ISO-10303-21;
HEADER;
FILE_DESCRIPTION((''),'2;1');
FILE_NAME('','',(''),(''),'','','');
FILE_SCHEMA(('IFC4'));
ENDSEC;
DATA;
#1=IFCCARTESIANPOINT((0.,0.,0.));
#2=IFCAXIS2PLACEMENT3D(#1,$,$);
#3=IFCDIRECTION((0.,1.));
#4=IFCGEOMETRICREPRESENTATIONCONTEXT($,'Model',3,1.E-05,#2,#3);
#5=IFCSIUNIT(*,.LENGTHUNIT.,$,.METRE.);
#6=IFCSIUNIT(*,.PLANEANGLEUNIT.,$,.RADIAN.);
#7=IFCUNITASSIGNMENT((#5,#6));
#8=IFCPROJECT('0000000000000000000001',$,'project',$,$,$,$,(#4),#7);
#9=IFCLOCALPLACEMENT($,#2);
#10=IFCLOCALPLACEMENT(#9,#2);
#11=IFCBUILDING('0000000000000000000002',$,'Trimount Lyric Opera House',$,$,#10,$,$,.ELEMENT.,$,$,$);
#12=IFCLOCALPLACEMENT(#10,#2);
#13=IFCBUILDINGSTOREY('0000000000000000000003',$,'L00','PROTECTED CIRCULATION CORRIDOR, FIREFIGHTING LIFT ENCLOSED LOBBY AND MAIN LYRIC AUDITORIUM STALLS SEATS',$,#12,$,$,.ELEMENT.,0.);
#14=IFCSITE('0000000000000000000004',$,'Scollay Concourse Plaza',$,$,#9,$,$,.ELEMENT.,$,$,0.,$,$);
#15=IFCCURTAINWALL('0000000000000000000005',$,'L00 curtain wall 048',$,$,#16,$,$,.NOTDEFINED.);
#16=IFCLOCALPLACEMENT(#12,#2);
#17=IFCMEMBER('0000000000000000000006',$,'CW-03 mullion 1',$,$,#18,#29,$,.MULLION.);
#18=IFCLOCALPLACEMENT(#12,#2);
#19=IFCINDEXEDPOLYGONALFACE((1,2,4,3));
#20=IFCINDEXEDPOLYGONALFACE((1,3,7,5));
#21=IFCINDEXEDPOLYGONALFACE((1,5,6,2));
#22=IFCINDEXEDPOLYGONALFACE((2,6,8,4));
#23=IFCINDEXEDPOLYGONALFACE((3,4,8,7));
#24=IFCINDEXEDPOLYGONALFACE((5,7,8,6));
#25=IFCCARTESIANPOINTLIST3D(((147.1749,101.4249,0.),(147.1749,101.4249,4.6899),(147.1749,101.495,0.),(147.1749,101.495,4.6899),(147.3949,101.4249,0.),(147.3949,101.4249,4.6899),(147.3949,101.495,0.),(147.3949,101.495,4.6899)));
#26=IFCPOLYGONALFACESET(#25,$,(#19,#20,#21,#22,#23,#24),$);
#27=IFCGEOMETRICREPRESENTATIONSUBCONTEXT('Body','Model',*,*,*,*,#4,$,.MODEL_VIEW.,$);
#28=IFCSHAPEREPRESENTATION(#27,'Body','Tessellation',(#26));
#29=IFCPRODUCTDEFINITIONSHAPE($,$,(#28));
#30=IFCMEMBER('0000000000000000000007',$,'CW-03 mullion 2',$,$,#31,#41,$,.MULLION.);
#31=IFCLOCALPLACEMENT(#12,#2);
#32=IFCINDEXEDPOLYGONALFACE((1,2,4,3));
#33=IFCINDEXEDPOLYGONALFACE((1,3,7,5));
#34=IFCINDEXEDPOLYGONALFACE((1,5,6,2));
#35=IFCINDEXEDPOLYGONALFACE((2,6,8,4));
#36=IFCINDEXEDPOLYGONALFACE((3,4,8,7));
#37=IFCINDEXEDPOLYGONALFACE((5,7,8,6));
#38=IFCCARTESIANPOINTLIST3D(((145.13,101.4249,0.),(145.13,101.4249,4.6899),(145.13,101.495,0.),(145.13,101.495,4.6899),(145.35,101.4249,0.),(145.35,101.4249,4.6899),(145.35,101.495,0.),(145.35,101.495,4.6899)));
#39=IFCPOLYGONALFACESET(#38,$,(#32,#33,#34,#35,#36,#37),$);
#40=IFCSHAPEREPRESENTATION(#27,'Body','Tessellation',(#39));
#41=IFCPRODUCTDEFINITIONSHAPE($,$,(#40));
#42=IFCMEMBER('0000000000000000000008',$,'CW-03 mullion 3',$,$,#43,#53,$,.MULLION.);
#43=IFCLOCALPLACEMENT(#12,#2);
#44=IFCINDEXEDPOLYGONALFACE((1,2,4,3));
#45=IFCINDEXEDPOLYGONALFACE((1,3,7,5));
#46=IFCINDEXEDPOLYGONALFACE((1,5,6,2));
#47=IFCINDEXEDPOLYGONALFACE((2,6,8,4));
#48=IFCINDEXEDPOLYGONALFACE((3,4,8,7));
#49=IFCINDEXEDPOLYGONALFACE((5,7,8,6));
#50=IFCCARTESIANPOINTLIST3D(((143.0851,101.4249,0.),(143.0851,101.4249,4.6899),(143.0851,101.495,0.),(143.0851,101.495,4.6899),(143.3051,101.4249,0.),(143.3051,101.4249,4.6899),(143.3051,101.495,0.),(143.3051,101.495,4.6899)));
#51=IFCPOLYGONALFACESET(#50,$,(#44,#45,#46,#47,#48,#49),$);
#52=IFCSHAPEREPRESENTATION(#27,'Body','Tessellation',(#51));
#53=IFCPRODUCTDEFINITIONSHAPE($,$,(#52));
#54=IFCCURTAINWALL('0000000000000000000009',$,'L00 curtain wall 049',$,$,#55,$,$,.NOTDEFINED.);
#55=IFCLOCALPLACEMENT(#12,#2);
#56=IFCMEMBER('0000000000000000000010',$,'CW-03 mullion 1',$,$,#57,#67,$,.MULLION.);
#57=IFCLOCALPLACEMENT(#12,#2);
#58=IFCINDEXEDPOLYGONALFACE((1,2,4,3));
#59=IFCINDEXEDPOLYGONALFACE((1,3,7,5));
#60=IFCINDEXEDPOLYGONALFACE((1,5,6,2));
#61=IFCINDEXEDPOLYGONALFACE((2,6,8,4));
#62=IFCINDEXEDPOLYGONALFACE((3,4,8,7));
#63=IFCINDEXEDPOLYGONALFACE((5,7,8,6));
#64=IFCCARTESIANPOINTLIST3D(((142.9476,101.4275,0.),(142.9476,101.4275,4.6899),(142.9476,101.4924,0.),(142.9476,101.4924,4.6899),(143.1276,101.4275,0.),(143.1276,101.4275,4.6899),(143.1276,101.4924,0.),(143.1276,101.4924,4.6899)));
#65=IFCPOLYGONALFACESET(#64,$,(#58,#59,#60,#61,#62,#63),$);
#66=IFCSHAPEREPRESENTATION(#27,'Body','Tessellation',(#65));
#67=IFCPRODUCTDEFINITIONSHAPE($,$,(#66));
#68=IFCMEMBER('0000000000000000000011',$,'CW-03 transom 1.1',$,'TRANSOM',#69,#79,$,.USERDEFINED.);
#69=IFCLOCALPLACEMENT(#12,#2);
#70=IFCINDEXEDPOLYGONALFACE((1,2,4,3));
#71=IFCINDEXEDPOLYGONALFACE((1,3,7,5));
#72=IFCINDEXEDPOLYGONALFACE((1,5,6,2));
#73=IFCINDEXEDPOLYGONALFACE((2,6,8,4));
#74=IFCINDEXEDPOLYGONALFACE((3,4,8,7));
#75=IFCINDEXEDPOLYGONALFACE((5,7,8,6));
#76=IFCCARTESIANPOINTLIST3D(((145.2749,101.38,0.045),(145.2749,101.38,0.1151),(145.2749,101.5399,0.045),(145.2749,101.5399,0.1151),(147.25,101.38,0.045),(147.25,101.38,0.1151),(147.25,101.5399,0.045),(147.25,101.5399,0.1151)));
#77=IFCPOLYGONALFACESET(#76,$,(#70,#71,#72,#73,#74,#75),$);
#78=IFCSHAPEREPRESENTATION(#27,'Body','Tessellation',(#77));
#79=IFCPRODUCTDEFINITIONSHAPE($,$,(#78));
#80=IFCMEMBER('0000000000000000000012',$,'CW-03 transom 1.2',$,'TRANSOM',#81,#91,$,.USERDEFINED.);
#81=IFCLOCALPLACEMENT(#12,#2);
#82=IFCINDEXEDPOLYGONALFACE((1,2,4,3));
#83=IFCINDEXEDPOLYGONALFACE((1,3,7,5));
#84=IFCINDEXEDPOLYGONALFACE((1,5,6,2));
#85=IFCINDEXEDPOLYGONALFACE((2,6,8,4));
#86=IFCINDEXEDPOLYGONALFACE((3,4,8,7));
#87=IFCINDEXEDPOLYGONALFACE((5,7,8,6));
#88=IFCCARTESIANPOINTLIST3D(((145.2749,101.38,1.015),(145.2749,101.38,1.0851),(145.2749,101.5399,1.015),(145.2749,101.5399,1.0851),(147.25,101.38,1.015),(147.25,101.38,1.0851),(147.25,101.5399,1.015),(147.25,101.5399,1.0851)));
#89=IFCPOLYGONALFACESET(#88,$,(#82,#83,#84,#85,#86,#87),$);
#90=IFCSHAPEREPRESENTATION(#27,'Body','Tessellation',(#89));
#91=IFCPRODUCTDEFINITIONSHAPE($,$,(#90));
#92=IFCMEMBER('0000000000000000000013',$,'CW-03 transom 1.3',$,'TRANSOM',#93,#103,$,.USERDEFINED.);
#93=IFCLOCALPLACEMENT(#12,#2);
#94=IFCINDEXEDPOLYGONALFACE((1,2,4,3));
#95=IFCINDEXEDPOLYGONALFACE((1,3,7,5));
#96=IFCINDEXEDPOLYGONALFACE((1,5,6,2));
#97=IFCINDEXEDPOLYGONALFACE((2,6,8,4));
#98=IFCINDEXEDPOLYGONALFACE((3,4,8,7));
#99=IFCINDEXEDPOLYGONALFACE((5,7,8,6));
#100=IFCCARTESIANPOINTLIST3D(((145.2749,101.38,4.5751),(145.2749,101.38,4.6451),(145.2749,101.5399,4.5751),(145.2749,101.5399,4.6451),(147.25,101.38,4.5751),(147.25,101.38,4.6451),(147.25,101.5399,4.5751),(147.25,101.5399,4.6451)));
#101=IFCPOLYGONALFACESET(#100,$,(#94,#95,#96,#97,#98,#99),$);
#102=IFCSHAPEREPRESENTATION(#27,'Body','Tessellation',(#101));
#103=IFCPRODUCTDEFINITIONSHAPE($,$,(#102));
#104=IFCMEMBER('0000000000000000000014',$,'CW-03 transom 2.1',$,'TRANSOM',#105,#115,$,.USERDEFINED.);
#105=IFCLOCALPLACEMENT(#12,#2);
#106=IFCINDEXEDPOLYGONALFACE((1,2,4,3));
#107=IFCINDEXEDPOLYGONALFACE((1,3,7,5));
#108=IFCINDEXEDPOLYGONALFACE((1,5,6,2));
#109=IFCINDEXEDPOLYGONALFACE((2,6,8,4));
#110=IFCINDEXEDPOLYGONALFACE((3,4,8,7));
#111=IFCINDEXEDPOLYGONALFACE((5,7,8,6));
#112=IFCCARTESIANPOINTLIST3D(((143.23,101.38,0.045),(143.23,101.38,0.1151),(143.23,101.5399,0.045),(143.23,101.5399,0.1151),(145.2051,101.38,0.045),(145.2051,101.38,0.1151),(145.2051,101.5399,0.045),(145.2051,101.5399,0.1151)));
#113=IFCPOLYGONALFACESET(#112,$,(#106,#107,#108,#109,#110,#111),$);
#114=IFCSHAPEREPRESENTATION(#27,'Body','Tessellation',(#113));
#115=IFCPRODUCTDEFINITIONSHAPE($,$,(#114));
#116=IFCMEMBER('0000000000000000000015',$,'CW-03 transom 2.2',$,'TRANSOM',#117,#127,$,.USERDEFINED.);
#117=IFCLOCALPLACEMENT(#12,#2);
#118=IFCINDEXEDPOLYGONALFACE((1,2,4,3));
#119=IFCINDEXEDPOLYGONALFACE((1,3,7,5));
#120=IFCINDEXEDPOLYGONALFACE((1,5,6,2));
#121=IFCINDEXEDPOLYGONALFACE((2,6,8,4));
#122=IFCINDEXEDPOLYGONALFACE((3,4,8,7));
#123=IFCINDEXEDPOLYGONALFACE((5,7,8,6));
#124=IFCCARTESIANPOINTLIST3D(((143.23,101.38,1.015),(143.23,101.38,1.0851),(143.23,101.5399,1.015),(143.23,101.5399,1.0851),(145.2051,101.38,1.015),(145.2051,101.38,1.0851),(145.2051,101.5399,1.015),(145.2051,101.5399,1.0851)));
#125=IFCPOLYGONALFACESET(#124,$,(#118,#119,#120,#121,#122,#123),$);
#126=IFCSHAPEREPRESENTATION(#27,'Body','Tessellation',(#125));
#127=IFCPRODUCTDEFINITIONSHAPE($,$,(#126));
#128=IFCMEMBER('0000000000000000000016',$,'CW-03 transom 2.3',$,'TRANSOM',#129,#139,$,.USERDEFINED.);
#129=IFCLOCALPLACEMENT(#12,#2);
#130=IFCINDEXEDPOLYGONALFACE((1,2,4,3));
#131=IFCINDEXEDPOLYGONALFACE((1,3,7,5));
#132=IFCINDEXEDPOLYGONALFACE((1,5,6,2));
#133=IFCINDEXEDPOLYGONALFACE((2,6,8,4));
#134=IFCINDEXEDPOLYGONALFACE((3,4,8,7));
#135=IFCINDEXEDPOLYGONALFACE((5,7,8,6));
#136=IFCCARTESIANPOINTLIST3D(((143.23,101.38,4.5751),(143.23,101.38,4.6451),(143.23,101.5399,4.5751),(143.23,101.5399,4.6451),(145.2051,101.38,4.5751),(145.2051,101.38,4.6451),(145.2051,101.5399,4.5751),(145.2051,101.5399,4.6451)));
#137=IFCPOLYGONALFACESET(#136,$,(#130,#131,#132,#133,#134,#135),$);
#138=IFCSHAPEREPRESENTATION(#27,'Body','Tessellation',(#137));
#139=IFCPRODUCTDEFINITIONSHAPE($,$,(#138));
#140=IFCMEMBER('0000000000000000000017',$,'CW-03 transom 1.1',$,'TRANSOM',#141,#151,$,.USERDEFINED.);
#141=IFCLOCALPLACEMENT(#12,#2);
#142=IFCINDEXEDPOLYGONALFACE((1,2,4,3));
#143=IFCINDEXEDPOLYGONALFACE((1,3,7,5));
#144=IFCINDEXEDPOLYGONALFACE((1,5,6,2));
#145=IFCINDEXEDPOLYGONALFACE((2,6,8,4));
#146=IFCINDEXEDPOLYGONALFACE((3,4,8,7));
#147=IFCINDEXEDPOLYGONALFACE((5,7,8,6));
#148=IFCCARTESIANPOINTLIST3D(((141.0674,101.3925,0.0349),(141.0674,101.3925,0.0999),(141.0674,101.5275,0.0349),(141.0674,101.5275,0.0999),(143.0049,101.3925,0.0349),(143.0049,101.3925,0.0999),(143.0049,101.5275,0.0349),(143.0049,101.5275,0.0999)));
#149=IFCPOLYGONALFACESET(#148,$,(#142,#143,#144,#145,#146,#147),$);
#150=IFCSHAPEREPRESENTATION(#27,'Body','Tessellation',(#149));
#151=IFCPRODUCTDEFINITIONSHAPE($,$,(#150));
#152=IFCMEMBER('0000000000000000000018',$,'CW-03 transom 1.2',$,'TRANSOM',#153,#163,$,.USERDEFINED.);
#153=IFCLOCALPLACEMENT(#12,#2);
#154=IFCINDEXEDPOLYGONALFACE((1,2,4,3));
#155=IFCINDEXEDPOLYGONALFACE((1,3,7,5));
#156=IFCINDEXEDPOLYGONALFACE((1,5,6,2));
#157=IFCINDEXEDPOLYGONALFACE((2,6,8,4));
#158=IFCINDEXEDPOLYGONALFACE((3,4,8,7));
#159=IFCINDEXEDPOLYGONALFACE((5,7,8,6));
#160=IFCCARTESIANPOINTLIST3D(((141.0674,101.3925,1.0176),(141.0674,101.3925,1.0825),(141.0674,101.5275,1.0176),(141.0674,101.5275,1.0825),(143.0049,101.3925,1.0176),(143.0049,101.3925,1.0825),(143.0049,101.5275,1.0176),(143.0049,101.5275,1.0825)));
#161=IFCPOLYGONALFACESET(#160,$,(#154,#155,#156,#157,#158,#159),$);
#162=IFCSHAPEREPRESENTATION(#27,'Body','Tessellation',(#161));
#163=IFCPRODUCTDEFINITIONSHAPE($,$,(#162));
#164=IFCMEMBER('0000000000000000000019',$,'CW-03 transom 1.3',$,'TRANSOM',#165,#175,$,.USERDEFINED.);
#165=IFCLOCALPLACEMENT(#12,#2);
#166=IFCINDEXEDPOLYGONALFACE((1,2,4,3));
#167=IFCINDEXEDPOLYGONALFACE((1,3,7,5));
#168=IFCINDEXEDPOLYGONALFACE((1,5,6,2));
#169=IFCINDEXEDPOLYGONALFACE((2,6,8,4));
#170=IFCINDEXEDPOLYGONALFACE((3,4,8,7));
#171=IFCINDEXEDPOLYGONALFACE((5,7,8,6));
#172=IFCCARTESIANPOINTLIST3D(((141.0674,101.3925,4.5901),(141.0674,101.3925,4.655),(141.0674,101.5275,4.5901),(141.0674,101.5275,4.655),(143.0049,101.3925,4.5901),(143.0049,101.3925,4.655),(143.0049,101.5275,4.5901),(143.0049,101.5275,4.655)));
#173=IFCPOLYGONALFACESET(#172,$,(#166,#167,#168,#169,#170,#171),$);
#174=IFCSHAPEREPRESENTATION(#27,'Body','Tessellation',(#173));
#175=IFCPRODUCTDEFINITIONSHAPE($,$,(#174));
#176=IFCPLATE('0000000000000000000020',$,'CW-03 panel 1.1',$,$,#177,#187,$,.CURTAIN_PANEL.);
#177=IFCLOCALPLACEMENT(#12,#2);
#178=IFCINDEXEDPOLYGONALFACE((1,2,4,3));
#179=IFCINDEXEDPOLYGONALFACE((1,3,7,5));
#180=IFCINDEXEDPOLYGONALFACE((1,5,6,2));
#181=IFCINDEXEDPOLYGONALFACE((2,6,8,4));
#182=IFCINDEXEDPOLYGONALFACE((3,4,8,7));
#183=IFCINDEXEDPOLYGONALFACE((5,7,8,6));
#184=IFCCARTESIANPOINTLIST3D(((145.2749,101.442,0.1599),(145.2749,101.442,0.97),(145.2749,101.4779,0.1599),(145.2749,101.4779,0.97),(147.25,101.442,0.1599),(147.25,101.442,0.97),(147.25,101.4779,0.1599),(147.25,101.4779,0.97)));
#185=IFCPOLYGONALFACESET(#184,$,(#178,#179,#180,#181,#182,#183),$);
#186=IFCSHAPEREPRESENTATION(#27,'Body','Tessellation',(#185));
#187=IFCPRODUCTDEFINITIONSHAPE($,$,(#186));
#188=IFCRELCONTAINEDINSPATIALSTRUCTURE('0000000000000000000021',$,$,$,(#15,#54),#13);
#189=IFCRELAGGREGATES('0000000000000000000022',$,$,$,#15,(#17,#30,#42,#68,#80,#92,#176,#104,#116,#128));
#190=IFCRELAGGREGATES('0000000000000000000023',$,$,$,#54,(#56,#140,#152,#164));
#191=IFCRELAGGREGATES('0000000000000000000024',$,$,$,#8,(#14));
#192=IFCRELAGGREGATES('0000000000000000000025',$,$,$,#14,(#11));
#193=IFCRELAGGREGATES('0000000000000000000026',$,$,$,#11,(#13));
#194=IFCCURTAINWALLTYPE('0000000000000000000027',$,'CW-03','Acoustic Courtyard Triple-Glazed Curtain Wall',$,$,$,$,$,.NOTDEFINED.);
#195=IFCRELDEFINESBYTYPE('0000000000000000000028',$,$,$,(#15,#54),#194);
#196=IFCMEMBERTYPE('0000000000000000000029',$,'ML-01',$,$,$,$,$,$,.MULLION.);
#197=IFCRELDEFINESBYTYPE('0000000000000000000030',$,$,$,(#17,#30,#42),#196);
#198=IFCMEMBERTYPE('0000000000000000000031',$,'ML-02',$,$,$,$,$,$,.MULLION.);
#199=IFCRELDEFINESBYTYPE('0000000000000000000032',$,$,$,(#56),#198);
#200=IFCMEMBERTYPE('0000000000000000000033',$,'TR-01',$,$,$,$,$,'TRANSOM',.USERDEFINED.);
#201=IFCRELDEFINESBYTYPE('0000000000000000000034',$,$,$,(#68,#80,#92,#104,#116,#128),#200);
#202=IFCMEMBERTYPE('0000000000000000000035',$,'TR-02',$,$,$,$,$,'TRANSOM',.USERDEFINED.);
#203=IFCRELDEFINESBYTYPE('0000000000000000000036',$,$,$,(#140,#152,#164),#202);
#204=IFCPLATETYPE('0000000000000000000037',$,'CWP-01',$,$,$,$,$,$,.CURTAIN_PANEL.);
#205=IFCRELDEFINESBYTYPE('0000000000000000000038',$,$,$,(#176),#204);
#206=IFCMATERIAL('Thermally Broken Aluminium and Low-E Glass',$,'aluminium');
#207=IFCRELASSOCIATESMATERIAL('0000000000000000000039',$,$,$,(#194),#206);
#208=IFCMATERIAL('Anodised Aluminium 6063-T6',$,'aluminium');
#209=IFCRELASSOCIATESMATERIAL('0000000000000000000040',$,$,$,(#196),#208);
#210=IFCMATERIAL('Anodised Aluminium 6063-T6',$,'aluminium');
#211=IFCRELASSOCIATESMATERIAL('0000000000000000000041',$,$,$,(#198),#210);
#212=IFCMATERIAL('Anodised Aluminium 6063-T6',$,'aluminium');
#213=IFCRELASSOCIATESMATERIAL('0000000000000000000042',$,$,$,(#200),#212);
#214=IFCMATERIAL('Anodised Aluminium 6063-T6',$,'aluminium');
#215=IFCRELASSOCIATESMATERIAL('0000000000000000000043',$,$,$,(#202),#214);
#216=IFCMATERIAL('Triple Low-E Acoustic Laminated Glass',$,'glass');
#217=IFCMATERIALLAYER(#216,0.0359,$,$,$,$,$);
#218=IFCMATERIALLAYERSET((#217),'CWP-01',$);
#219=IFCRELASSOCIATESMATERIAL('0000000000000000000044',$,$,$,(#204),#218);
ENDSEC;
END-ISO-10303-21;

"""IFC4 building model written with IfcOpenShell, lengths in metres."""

from ifc_helpers import new_model, si_unit, direction, frame, origin, origin_2d, place, context, subcontext, project, spatial, rectangle, extrude, material, layer, layer_set, material_profile, profile_set, type_object, element, aggregate, save


model = new_model("IFC4")

# Units and contexts
model_context = context("Model", 3, precision=1e-05, world=origin(), true_north=direction((0.0, 1.0)))
body_context = subcontext(model_context, "Body", "Model", "MODEL_VIEW")
ifc_project = project(units=[si_unit("LENGTHUNIT", "METRE"), si_unit("PLANEANGLEUNIT", "RADIAN")], contexts=[model_context])

# Site, building, storey
site_placement = place(None, origin())
site = spatial("IfcSite", under=ifc_project, at=site_placement, Name="Scollay Concourse Plaza", CompositionType="ELEMENT", RefElevation=0.0)
building_placement = place(site_placement, origin())
building = spatial("IfcBuilding", under=site, at=building_placement, Name="Trimount Lyric Opera House", CompositionType="ELEMENT")
storey_placement = place(building_placement, origin())
storey = spatial("IfcBuildingStorey", under=building, at=storey_placement, Name="L00", Description="PROTECTED CIRCULATION CORRIDOR, FIREFIGHTING LIFT ENCLOSED LOBBY AND MAIN LYRIC AUDITORIUM STALLS SEATS", CompositionType="ELEMENT", Elevation=0.0)

# Curtain wall, members
ifc_material_1 = material(Name="Thermally Broken Aluminium and Low-E Glass", Category="aluminium")
curtain_wall_type = type_object("IfcCurtainWallType", Name="CW-03", Description="Acoustic Courtyard Triple-Glazed Curtain Wall", PredefinedType="NOTDEFINED", material=ifc_material_1)
curtain_wall_1_placement = place(storey_placement, origin())
curtain_wall_1 = element("IfcCurtainWall", 1, at=curtain_wall_1_placement, inside=storey, type_object=curtain_wall_type, Name="L00 curtain wall 048", PredefinedType="NOTDEFINED")
ifc_material_2 = material(Name="Anodised Aluminium 6063-T6", Category="aluminium")
ifc_material_profile_1 = material_profile(ifc_material_2, rectangle(XDim=0.0701, YDim=0.22, at=origin_2d()), Name="ALU-MULL-70X220")
ifc_profile_set_1 = profile_set([ifc_material_profile_1], Name="Anodised Aluminium 6063-T6")
member_type_1 = type_object("IfcMemberType", Name="ML-01", PredefinedType="MULLION", material=ifc_profile_set_1)
member_1_placement = place(storey_placement, frame((147.2849, 101.46, 0.0), z_axis=(0.0, 0.0, 1.0), x_axis=(0.0, -1.0, 0.0)))
member_1 = element("IfcMember", 2, at=member_1_placement, type_object=member_type_1, Name="CW-03 mullion 1", PredefinedType="MULLION", context=body_context, shape_type="SweptSolid", body=[
    extrude(rectangle(XDim=0.0701, YDim=0.22, at=origin_2d()), origin(), (0.0, 0.0, 1.0), 4.6899),
])
member_2_placement = place(storey_placement, frame((145.24, 101.46, 0.0), z_axis=(0.0, 0.0, 1.0), x_axis=(0.0, -1.0, 0.0)))
member_2 = element("IfcMember", 3, at=member_2_placement, type_object=member_type_1, Name="CW-03 mullion 2", PredefinedType="MULLION", context=body_context, shape_type="SweptSolid", body=[
    extrude(rectangle(XDim=0.0701, YDim=0.22, at=origin_2d()), origin(), (0.0, 0.0, 1.0), 4.6899),
])
member_3_placement = place(storey_placement, frame((143.1951, 101.46, 0.0), z_axis=(0.0, 0.0, 1.0), x_axis=(0.0, -1.0, 0.0)))
member_3 = element("IfcMember", 4, at=member_3_placement, type_object=member_type_1, Name="CW-03 mullion 3", PredefinedType="MULLION", context=body_context, shape_type="SweptSolid", body=[
    extrude(rectangle(XDim=0.0701, YDim=0.22, at=origin_2d()), origin(), (0.0, 0.0, 1.0), 4.6899),
])

# Curtain wall, member
curtain_wall_2_placement = place(storey_placement, origin())
curtain_wall_2 = element("IfcCurtainWall", 5, at=curtain_wall_2_placement, inside=storey, type_object=curtain_wall_type, Name="L00 curtain wall 049", PredefinedType="NOTDEFINED")
ifc_material_3 = material(Name="Anodised Aluminium 6063-T6", Category="aluminium")
ifc_material_profile_2 = material_profile(ifc_material_3, rectangle(XDim=0.0649, YDim=0.1799, at=origin_2d()), Name="ALU-MULL-65X180")
ifc_profile_set_2 = profile_set([ifc_material_profile_2], Name="Anodised Aluminium 6063-T6")
member_type_2 = type_object("IfcMemberType", Name="ML-02", PredefinedType="MULLION", material=ifc_profile_set_2)
member_4_placement = place(storey_placement, frame((143.0376, 101.46, 0.0), z_axis=(0.0, 0.0, 1.0), x_axis=(0.0, -1.0, 0.0)))
member_4 = element("IfcMember", 6, at=member_4_placement, type_object=member_type_2, Name="CW-03 mullion 1", PredefinedType="MULLION", context=body_context, shape_type="SweptSolid", body=[
    extrude(rectangle(XDim=0.0649, YDim=0.1799, at=origin_2d()), origin(), (0.0, 0.0, 1.0), 4.6899),
])

# Members
ifc_material_4 = material(Name="Anodised Aluminium 6063-T6", Category="aluminium")
ifc_material_profile_3 = material_profile(ifc_material_4, rectangle(XDim=0.1599, YDim=0.0701, at=origin_2d()), Name="ALU-TRAN-70X160")
ifc_profile_set_3 = profile_set([ifc_material_profile_3], Name="Anodised Aluminium 6063-T6")
member_type_3 = type_object("IfcMemberType", Name="TR-01", ElementType="TRANSOM", PredefinedType="USERDEFINED", material=ifc_profile_set_3)
member_5_placement = place(storey_placement, frame((147.25, 101.46, 0.0801), z_axis=(-1.0, 0.0, 0.0), x_axis=(0.0, -1.0, 0.0)))
member_5 = element("IfcMember", 7, at=member_5_placement, type_object=member_type_3, Name="CW-03 transom 1.1", ObjectType="TRANSOM", PredefinedType="USERDEFINED", context=body_context, shape_type="SweptSolid", body=[
    extrude(rectangle(XDim=0.1599, YDim=0.0701, at=origin_2d()), origin(), (0.0, 0.0, 1.0), 1.9751),
])
member_6_placement = place(storey_placement, frame((147.25, 101.46, 1.05), z_axis=(-1.0, 0.0, 0.0), x_axis=(0.0, -1.0, 0.0)))
member_6 = element("IfcMember", 8, at=member_6_placement, type_object=member_type_3, Name="CW-03 transom 1.2", ObjectType="TRANSOM", PredefinedType="USERDEFINED", context=body_context, shape_type="SweptSolid", body=[
    extrude(rectangle(XDim=0.1599, YDim=0.0701, at=origin_2d()), origin(), (0.0, 0.0, 1.0), 1.9751),
])
member_7_placement = place(storey_placement, frame((147.25, 101.46, 4.6101), z_axis=(-1.0, 0.0, 0.0), x_axis=(0.0, -1.0, 0.0)))
member_7 = element("IfcMember", 9, at=member_7_placement, type_object=member_type_3, Name="CW-03 transom 1.3", ObjectType="TRANSOM", PredefinedType="USERDEFINED", context=body_context, shape_type="SweptSolid", body=[
    extrude(rectangle(XDim=0.1599, YDim=0.0701, at=origin_2d()), origin(), (0.0, 0.0, 1.0), 1.9751),
])
member_8_placement = place(storey_placement, frame((145.2051, 101.46, 0.0801), z_axis=(-1.0, 0.0, 0.0), x_axis=(0.0, -1.0, 0.0)))
member_8 = element("IfcMember", 10, at=member_8_placement, type_object=member_type_3, Name="CW-03 transom 2.1", ObjectType="TRANSOM", PredefinedType="USERDEFINED", context=body_context, shape_type="SweptSolid", body=[
    extrude(rectangle(XDim=0.1599, YDim=0.0701, at=origin_2d()), origin(), (0.0, 0.0, 1.0), 1.9751),
])
member_9_placement = place(storey_placement, frame((145.2051, 101.46, 1.05), z_axis=(-1.0, 0.0, 0.0), x_axis=(0.0, -1.0, 0.0)))
member_9 = element("IfcMember", 11, at=member_9_placement, type_object=member_type_3, Name="CW-03 transom 2.2", ObjectType="TRANSOM", PredefinedType="USERDEFINED", context=body_context, shape_type="SweptSolid", body=[
    extrude(rectangle(XDim=0.1599, YDim=0.0701, at=origin_2d()), origin(), (0.0, 0.0, 1.0), 1.9751),
])
member_10_placement = place(storey_placement, frame((145.2051, 101.46, 4.6101), z_axis=(-1.0, 0.0, 0.0), x_axis=(0.0, -1.0, 0.0)))
member_10 = element("IfcMember", 12, at=member_10_placement, type_object=member_type_3, Name="CW-03 transom 2.3", ObjectType="TRANSOM", PredefinedType="USERDEFINED", context=body_context, shape_type="SweptSolid", body=[
    extrude(rectangle(XDim=0.1599, YDim=0.0701, at=origin_2d()), origin(), (0.0, 0.0, 1.0), 1.9751),
])
ifc_material_5 = material(Name="Anodised Aluminium 6063-T6", Category="aluminium")
ifc_material_profile_4 = material_profile(ifc_material_5, rectangle(XDim=0.135, YDim=0.0649, at=origin_2d()), Name="ALU-TRAN-65X135")
ifc_profile_set_4 = profile_set([ifc_material_profile_4], Name="Anodised Aluminium 6063-T6")
member_type_4 = type_object("IfcMemberType", Name="TR-02", ElementType="TRANSOM", PredefinedType="USERDEFINED", material=ifc_profile_set_4)
member_11_placement = place(storey_placement, frame((143.0049, 101.46, 0.0674), z_axis=(-1.0, 0.0, 0.0), x_axis=(0.0, -1.0, 0.0)))
member_11 = element("IfcMember", 13, at=member_11_placement, type_object=member_type_4, Name="CW-03 transom 1.1", ObjectType="TRANSOM", PredefinedType="USERDEFINED", context=body_context, shape_type="SweptSolid", body=[
    extrude(rectangle(XDim=0.135, YDim=0.0649, at=origin_2d()), origin(), (0.0, 0.0, 1.0), 1.9375),
])
member_12_placement = place(storey_placement, frame((143.0049, 101.46, 1.05), z_axis=(-1.0, 0.0, 0.0), x_axis=(0.0, -1.0, 0.0)))
member_12 = element("IfcMember", 14, at=member_12_placement, type_object=member_type_4, Name="CW-03 transom 1.2", ObjectType="TRANSOM", PredefinedType="USERDEFINED", context=body_context, shape_type="SweptSolid", body=[
    extrude(rectangle(XDim=0.135, YDim=0.0649, at=origin_2d()), origin(), (0.0, 0.0, 1.0), 1.9375),
])
member_13_placement = place(storey_placement, frame((143.0049, 101.46, 4.6226), z_axis=(-1.0, 0.0, 0.0), x_axis=(0.0, -1.0, 0.0)))
member_13 = element("IfcMember", 15, at=member_13_placement, type_object=member_type_4, Name="CW-03 transom 1.3", ObjectType="TRANSOM", PredefinedType="USERDEFINED", context=body_context, shape_type="SweptSolid", body=[
    extrude(rectangle(XDim=0.135, YDim=0.0649, at=origin_2d()), origin(), (0.0, 0.0, 1.0), 1.9375),
])

# Plate
ifc_material_6 = material(Name="Triple Low-E Acoustic Laminated Glass", Category="glass")
ifc_layer_1 = layer(ifc_material_6, 0.0359)
ifc_layer_set_1 = layer_set([ifc_layer_1], Name="CWP-01")
plate_type_1 = type_object("IfcPlateType", Name="CWP-01", PredefinedType="CURTAIN_PANEL", material=ifc_layer_set_1)
plate_1_placement = place(storey_placement, frame((146.2625, 101.46, 0.1599), z_axis=(0.0, 0.0, 1.0), x_axis=(-1.0, 0.0, 0.0)))
plate_1 = element("IfcPlate", 16, at=plate_1_placement, type_object=plate_type_1, Name="CW-03 panel 1.1", PredefinedType="CURTAIN_PANEL", context=body_context, shape_type="SweptSolid", body=[
    extrude(rectangle(XDim=1.9751, YDim=0.0359, at=origin_2d()), origin(), (0.0, 0.0, 1.0), 0.8101),
])
aggregate(curtain_wall_1, [member_1, member_2, member_3, member_5, member_6, member_7, plate_1, member_8, member_9, member_10])
aggregate(curtain_wall_2, [member_4, member_11, member_12, member_13])

save(model, "model.ifc")
